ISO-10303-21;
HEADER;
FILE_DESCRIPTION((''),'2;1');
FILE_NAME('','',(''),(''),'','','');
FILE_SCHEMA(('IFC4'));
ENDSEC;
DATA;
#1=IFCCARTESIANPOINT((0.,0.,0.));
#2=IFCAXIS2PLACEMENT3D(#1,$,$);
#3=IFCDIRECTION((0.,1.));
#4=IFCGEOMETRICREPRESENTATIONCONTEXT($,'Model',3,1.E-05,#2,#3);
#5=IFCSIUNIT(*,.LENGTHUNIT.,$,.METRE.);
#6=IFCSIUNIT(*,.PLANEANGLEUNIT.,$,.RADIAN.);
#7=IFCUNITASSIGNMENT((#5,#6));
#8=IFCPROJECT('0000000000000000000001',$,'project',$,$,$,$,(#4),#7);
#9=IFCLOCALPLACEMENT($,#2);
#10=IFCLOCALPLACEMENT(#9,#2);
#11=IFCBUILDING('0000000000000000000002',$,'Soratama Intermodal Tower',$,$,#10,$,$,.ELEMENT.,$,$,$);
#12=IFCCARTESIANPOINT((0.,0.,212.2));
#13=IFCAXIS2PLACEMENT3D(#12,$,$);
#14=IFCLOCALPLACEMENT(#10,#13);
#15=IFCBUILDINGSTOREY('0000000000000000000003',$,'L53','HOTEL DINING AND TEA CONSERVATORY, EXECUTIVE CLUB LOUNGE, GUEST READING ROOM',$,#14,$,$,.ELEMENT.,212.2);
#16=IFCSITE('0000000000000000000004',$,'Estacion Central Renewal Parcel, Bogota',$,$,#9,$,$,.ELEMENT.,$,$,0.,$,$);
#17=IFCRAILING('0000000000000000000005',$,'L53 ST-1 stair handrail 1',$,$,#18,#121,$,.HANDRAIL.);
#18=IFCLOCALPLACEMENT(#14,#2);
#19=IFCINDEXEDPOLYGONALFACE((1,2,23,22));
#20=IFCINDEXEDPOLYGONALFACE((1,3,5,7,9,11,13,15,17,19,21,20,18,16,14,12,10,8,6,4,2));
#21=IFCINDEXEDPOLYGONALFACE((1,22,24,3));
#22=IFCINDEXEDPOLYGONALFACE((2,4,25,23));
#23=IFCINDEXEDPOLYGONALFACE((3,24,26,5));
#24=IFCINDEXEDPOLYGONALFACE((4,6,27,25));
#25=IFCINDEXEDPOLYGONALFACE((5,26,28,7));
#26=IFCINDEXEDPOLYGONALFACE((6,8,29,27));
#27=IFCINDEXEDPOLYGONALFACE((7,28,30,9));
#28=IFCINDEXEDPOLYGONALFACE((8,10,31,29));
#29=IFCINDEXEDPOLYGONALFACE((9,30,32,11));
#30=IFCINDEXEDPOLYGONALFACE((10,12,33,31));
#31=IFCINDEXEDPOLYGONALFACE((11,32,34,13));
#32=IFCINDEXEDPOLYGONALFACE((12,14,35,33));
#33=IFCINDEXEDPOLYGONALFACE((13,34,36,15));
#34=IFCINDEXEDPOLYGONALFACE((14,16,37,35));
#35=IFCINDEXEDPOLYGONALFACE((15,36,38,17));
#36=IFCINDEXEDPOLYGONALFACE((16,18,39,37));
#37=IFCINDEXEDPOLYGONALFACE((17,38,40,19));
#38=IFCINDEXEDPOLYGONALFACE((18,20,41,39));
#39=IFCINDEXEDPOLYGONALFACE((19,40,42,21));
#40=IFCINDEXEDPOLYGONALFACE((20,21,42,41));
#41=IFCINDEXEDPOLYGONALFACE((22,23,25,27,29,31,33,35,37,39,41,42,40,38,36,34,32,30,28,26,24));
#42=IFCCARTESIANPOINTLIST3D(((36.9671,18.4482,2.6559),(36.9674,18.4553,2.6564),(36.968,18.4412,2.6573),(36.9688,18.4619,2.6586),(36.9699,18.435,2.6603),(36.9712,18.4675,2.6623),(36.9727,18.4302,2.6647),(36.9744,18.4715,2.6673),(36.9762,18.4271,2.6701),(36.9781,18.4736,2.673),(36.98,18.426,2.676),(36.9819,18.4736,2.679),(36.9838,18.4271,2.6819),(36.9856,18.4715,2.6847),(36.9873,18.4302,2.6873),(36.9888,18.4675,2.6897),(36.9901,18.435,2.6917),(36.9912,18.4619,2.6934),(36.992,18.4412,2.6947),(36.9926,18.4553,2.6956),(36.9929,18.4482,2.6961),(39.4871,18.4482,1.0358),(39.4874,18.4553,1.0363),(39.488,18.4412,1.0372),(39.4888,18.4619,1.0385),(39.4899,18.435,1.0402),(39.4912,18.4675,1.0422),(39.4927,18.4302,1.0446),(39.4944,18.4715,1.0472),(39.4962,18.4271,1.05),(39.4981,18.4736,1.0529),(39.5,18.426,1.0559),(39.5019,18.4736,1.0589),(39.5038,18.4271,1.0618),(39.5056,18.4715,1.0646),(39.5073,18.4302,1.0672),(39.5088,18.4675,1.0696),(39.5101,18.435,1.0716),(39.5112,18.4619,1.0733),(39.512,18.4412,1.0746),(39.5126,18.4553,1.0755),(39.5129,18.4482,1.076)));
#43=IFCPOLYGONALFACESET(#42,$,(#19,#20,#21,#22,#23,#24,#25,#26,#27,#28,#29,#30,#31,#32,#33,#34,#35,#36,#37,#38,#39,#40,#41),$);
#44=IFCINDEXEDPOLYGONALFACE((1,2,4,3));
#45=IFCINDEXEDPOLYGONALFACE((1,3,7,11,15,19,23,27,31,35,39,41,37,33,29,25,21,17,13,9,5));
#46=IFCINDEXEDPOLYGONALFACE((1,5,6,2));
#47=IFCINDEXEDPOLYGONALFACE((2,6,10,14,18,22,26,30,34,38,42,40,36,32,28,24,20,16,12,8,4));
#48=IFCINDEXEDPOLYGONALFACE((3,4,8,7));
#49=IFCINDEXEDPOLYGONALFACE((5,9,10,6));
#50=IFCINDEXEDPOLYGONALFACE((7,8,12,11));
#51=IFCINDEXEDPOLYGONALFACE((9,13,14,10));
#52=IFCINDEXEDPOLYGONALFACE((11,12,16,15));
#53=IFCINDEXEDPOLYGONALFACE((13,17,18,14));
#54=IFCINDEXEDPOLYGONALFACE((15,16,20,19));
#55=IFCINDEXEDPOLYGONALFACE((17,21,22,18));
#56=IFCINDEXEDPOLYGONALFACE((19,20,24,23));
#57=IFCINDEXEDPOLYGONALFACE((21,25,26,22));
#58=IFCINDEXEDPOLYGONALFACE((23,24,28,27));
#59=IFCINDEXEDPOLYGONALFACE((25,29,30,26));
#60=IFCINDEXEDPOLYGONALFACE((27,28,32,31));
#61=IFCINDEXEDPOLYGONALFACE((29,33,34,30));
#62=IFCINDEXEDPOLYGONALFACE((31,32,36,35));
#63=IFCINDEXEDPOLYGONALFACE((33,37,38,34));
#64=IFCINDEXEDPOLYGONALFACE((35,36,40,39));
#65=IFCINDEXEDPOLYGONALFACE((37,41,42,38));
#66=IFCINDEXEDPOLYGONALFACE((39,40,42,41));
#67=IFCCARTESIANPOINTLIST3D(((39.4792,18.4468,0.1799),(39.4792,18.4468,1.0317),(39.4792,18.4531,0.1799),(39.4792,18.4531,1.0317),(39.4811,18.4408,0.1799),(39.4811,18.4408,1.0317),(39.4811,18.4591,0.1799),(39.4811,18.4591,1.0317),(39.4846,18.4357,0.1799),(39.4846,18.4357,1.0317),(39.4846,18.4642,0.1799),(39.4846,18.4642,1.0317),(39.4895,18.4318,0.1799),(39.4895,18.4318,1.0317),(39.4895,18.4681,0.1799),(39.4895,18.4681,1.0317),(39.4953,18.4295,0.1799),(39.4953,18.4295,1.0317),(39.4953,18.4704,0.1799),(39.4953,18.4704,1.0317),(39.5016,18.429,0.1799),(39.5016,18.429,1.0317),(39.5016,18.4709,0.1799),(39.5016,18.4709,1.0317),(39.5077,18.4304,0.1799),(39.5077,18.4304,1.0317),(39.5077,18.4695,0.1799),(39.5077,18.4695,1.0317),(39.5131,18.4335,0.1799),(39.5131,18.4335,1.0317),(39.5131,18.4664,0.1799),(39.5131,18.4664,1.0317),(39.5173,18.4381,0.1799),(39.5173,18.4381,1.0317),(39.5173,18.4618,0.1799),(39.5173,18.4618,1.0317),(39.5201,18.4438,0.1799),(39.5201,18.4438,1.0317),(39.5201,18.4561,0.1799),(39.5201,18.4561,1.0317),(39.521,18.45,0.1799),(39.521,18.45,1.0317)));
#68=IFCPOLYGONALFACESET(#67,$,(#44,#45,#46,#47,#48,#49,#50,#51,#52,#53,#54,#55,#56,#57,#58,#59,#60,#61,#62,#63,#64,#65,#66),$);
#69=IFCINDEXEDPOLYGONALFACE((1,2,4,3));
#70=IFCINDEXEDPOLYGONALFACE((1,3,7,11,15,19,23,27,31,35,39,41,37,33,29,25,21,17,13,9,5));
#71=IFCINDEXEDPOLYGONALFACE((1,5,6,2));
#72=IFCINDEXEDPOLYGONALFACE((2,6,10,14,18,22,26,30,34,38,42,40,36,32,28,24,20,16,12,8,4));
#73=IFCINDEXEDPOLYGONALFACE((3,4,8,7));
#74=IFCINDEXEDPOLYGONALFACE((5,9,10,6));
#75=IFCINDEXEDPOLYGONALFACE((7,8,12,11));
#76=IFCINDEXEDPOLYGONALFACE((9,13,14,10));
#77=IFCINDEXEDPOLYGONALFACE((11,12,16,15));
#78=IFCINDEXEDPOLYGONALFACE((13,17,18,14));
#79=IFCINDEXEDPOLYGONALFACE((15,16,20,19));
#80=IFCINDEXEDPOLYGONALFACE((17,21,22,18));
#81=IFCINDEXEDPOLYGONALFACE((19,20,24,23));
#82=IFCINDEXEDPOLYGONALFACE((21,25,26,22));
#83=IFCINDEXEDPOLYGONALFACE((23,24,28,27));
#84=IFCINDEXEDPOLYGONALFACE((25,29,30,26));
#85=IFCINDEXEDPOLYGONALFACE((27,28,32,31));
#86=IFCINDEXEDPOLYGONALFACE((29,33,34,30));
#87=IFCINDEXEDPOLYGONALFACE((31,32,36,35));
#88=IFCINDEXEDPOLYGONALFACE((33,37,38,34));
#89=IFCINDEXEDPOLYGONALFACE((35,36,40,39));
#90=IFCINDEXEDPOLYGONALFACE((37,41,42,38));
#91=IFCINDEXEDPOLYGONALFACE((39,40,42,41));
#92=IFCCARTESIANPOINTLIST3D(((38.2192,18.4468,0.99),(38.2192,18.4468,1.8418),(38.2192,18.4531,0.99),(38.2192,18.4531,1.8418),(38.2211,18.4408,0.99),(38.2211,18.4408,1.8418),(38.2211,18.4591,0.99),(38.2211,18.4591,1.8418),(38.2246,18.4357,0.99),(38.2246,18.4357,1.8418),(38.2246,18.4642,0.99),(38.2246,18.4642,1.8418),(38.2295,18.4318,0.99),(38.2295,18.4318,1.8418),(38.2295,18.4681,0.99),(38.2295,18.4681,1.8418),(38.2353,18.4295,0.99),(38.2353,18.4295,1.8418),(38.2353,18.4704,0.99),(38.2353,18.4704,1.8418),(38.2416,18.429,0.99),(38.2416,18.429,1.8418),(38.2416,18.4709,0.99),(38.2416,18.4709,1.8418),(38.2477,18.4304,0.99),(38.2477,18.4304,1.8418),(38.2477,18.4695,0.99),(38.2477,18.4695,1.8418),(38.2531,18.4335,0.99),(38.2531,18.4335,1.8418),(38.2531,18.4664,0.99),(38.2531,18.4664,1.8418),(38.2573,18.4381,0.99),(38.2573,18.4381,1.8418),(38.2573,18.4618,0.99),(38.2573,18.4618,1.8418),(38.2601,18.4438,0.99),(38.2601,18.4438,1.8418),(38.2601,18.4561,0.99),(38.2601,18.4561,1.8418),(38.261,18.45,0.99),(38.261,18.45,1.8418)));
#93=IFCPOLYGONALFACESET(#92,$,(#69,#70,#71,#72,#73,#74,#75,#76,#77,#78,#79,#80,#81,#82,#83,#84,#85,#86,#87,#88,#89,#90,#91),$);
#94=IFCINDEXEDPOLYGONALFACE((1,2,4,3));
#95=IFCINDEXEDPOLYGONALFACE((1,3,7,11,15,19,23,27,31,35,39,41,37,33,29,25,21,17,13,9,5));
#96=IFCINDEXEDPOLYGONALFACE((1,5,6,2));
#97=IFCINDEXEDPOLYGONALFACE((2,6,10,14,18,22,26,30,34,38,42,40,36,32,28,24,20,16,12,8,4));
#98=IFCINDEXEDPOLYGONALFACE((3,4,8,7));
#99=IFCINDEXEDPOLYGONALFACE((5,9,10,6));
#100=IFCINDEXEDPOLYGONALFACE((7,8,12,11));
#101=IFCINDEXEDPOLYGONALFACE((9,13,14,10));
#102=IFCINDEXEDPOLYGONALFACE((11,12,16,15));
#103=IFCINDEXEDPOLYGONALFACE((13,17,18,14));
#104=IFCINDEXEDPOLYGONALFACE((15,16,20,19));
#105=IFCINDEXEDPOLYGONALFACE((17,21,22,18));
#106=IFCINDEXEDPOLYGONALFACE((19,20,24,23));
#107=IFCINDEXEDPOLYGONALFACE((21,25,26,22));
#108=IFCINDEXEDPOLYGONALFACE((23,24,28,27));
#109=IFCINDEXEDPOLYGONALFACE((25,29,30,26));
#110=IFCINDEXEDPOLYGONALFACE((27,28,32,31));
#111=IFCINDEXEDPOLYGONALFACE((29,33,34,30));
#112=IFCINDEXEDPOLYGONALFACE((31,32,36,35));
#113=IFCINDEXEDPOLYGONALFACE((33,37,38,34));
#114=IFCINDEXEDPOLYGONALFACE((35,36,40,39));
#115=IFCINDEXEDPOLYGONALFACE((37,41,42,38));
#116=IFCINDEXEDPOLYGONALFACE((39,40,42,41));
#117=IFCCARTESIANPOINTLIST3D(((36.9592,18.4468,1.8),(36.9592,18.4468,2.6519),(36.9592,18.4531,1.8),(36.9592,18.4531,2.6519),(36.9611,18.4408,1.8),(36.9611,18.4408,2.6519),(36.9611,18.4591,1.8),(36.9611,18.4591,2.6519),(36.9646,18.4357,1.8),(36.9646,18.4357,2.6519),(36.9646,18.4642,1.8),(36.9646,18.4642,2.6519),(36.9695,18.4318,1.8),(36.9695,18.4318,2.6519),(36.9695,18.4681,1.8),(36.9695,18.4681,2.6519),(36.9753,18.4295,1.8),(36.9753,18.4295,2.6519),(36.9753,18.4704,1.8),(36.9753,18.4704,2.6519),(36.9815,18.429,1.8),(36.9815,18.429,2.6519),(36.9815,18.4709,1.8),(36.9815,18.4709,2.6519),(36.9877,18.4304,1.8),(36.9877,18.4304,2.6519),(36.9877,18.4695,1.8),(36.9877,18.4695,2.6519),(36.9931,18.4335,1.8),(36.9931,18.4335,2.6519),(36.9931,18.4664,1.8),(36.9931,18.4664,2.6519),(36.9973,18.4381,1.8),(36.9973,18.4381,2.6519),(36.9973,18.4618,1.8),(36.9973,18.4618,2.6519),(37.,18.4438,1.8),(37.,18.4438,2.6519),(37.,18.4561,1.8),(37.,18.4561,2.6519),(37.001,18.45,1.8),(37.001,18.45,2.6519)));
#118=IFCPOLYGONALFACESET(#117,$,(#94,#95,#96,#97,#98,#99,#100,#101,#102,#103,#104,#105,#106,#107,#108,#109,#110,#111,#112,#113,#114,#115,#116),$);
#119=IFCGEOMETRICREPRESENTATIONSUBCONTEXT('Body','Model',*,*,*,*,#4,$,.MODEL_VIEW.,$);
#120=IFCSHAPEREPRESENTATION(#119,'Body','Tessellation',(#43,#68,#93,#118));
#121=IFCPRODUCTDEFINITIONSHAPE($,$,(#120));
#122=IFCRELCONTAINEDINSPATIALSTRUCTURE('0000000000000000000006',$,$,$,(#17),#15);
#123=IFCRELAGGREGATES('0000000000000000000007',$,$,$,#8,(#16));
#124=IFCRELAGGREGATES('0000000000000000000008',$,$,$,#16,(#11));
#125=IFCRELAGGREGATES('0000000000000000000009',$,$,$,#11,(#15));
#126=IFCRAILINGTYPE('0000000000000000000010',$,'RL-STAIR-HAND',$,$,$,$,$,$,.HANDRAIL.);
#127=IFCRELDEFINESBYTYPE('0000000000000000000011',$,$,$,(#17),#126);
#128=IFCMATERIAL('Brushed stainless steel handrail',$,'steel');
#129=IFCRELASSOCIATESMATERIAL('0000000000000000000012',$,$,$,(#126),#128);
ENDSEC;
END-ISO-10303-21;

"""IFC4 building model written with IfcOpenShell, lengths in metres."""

from ifc_helpers import new_model, si_unit, direction, frame, origin, origin_2d, place, context, subcontext, project, spatial, circle, extrude, material, type_object, element, save


model = new_model("IFC4")

# Units and contexts
model_context = context("Model", 3, precision=1e-05, world=origin(), true_north=direction((0.0, 1.0)))
body_context = subcontext(model_context, "Body", "Model", "MODEL_VIEW")
ifc_project = project(units=[si_unit("LENGTHUNIT", "METRE"), si_unit("PLANEANGLEUNIT", "RADIAN")], contexts=[model_context])

# Site, building, storey
site_placement = place(None, origin())
site = spatial("IfcSite", under=ifc_project, at=site_placement, Name="Estacion Central Renewal Parcel, Bogota", CompositionType="ELEMENT", RefElevation=0.0)
building_placement = place(site_placement, origin())
building = spatial("IfcBuilding", under=site, at=building_placement, Name="Soratama Intermodal Tower", CompositionType="ELEMENT")
storey_placement = place(building_placement, frame((0.0, 0.0, 212.2)))
storey = spatial("IfcBuildingStorey", under=building, at=storey_placement, Name="L53", Description="HOTEL DINING AND TEA CONSERVATORY, EXECUTIVE CLUB LOUNGE, GUEST READING ROOM", CompositionType="ELEMENT", Elevation=212.2)

# Railing
ifc_material_1 = material(Name="Brushed stainless steel handrail", Category="steel")
railing_type_1 = type_object("IfcRailingType", Name="RL-STAIR-HAND", PredefinedType="HANDRAIL", material=ifc_material_1)
railing_1_placement = place(storey_placement, frame((39.5, 18.45, 0.1799)))
element("IfcRailing", 1, at=railing_1_placement, inside=storey, type_object=railing_type_1, Name="L53 ST-1 stair handrail 1", PredefinedType="HANDRAIL", context=body_context, shape_type="SweptSolid", body=[
    extrude(circle(Radius=0.0239, at=origin_2d()), frame((0.0, 0.0, 0.876), z_axis=(-0.841163, 0.0, 0.540782), x_axis=(0.0, -1.0, 0.0)), (0.0, 0.0, 1.0), 2.9958),
    extrude(circle(Radius=0.021, at=origin_2d()), origin(), (0.0, 0.0, 1.0), 0.8518),
    extrude(circle(Radius=0.021, at=origin_2d()), frame((-1.26, 0.0, 0.8101)), (0.0, 0.0, 1.0), 0.8518),
    extrude(circle(Radius=0.021, at=origin_2d()), frame((-2.52, 0.0, 1.6201)), (0.0, 0.0, 1.0), 0.8518),
])

save(model, "model.ifc")
